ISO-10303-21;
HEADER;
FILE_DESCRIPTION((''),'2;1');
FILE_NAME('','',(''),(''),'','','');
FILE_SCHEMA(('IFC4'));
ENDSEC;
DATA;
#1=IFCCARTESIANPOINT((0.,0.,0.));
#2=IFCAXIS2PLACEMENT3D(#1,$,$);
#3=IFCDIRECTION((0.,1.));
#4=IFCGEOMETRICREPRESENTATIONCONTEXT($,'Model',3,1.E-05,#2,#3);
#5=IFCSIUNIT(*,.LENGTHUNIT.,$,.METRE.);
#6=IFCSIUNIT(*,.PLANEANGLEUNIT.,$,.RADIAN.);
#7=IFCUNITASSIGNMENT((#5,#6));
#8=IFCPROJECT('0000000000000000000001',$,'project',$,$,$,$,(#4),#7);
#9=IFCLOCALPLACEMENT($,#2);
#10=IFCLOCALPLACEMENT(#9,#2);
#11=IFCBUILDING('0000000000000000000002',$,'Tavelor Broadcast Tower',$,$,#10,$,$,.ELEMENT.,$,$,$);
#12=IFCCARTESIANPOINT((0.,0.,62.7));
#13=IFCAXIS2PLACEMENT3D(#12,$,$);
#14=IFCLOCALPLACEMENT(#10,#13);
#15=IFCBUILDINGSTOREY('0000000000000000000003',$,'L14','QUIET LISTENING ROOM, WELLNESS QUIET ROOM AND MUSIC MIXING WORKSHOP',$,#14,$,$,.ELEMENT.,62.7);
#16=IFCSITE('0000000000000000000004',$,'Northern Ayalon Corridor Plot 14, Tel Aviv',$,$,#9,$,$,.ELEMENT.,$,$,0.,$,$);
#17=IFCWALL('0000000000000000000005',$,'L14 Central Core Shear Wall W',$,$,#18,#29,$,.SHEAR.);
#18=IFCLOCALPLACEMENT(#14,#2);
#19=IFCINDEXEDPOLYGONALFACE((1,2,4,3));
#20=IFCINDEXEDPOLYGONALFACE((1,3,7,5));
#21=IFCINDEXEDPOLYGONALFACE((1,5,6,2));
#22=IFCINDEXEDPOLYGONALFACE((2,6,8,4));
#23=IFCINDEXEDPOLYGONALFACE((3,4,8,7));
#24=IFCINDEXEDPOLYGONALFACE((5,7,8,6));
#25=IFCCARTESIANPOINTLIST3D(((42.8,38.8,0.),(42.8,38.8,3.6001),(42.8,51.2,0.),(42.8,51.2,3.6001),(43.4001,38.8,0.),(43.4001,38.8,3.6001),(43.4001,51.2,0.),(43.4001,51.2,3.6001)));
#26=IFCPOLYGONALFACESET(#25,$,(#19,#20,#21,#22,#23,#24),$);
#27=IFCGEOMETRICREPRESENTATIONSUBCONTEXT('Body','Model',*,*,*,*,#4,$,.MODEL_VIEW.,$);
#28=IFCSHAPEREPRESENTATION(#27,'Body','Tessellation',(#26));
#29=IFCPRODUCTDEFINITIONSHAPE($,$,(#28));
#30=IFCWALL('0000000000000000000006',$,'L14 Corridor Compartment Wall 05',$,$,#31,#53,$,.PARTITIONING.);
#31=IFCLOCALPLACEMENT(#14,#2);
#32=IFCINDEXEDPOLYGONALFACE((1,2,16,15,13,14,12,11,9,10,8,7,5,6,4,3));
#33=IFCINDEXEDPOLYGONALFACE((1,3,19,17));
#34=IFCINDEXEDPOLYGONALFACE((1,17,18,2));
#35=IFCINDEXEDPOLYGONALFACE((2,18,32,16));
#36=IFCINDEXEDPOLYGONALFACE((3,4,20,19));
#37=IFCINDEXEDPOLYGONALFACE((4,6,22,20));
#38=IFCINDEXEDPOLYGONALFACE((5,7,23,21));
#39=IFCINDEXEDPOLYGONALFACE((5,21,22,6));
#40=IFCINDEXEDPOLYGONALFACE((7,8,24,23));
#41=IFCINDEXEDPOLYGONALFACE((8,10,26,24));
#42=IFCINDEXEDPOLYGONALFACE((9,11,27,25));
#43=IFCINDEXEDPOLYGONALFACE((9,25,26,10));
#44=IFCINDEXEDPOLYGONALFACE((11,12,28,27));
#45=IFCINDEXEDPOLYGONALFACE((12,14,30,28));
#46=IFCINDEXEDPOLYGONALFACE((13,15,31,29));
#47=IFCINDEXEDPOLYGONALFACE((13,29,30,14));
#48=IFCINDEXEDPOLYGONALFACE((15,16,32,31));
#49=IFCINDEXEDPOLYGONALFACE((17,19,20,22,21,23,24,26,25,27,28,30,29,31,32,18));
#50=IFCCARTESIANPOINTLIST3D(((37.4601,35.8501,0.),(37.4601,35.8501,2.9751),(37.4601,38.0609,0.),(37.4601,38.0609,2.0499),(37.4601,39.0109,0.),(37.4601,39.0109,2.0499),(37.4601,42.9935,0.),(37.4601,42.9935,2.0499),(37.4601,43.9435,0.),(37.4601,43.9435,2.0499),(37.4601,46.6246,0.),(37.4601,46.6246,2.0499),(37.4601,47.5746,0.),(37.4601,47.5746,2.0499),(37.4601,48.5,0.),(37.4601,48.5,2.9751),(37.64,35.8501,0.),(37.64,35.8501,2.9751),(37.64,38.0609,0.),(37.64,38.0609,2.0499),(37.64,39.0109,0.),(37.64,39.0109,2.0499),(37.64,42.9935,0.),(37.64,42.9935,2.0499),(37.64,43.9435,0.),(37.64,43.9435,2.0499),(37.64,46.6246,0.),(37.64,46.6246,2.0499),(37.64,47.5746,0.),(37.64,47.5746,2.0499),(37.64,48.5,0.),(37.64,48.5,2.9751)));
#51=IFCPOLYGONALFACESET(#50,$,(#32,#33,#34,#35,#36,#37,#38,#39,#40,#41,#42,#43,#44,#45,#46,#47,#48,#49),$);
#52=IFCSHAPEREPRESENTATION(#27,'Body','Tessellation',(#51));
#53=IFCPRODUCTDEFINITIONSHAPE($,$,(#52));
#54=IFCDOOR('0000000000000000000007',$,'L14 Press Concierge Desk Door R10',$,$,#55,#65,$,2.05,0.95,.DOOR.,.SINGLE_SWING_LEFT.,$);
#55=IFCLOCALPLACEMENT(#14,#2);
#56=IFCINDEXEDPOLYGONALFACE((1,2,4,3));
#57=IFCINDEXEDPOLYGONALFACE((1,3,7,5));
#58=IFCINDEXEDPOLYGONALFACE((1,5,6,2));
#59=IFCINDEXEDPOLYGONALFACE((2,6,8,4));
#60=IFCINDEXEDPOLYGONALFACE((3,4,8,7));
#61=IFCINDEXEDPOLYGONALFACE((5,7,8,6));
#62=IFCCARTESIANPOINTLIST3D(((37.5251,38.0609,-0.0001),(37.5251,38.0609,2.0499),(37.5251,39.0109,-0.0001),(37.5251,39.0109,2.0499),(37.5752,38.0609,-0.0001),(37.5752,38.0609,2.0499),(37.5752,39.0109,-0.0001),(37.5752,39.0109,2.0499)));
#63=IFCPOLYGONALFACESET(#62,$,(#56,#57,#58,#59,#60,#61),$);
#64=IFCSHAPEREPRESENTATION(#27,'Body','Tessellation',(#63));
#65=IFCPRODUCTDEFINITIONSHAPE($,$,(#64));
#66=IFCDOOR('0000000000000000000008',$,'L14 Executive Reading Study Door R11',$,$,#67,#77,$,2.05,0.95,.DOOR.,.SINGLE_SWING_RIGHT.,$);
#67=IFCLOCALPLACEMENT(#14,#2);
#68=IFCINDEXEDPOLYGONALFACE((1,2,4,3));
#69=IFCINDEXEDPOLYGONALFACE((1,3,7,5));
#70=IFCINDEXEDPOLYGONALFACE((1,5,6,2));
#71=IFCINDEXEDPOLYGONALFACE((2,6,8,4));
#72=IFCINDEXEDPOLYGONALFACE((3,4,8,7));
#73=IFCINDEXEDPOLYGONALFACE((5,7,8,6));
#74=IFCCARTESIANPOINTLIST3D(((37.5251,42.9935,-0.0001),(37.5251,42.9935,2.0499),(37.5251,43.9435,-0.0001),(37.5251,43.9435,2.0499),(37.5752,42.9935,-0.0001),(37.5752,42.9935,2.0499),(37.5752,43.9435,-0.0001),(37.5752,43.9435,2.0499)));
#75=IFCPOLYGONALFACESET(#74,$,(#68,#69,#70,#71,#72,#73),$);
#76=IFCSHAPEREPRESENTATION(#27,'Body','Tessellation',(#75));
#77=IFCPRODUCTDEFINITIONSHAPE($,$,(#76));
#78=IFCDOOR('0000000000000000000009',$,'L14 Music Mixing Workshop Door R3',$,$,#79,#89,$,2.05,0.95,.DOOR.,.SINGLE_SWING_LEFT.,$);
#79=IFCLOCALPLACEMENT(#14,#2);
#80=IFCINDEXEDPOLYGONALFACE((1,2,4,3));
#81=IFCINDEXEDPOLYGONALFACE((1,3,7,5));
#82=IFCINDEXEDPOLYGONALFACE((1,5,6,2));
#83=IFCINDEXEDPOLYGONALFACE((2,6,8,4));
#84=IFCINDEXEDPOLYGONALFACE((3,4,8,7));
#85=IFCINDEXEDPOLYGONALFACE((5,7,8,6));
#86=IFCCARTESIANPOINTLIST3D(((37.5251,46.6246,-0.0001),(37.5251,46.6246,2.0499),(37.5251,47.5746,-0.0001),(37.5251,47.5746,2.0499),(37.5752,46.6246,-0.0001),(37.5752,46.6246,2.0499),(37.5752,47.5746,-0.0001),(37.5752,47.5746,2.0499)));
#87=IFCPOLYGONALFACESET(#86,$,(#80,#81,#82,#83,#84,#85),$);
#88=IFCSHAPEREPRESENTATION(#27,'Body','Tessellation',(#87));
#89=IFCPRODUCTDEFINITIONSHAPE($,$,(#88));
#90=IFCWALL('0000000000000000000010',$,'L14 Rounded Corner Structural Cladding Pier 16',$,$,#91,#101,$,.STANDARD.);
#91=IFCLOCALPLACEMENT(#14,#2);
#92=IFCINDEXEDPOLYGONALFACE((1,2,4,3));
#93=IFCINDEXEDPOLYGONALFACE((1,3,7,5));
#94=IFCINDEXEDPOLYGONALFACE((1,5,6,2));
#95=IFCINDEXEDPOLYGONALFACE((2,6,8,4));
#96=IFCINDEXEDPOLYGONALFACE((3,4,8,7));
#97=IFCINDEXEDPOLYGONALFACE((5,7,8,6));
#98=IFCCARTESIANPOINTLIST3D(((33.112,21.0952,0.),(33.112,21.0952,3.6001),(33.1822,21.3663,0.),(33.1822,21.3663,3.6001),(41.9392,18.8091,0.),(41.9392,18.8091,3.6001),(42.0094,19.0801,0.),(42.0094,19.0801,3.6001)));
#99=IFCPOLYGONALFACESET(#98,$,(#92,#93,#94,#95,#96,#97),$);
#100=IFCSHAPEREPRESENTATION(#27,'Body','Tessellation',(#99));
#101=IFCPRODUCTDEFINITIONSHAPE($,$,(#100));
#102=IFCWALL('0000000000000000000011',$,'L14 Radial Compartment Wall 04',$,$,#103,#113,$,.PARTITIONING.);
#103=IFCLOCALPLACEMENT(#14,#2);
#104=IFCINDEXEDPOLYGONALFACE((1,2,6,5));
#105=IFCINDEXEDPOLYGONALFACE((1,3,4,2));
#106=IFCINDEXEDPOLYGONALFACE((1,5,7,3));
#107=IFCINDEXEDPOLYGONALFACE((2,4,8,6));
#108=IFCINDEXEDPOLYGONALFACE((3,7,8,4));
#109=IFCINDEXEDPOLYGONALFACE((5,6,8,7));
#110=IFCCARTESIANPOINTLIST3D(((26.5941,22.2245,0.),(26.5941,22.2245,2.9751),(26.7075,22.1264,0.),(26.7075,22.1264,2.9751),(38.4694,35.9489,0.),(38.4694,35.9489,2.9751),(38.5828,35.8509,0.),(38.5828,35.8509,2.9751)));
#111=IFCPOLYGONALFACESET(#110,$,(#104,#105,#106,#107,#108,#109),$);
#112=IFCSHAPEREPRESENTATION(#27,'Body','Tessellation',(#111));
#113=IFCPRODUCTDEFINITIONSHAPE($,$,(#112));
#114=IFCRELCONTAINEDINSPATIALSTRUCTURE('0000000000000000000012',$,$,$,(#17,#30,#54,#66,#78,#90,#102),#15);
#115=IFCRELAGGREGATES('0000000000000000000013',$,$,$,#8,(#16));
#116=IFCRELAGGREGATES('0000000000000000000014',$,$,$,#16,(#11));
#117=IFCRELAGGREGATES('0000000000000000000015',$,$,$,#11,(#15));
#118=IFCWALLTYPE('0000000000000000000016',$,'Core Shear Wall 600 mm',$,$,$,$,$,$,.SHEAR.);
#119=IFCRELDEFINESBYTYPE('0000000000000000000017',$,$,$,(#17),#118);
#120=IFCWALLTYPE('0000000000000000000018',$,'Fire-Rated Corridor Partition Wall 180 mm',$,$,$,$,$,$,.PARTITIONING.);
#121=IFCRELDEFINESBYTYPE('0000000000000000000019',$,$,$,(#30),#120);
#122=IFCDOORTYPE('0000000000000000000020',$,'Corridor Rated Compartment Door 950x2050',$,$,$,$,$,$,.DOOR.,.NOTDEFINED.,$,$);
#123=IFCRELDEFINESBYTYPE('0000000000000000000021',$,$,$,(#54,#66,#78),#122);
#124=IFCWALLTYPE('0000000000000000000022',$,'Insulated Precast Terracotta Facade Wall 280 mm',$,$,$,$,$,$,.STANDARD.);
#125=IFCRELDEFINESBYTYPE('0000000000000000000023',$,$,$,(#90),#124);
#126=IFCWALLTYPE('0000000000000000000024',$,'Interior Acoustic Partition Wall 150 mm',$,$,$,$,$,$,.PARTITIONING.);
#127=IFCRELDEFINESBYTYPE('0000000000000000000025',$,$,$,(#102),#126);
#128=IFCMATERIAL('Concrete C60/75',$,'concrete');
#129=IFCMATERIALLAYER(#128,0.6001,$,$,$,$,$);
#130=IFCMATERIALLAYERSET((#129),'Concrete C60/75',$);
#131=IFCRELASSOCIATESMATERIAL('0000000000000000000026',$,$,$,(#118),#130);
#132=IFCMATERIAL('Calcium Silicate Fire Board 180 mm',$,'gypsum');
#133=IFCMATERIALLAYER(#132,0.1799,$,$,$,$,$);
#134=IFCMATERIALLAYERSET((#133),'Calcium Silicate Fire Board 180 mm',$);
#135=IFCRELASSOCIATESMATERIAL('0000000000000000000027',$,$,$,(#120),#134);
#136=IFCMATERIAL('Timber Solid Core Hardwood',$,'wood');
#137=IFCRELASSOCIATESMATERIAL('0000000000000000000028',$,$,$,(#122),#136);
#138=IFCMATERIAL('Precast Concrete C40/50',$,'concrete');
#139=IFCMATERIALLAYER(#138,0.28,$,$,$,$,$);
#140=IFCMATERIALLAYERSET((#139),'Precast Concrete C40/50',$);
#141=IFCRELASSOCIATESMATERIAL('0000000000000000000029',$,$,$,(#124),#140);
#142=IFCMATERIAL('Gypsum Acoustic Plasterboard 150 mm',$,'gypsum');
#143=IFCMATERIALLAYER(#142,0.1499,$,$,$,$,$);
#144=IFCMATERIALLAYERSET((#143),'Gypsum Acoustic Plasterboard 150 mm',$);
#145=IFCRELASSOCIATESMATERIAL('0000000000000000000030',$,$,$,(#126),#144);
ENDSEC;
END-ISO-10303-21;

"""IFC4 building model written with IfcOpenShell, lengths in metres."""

from ifc_helpers import new_model, si_unit, direction, frame, frame_2d, origin, place, context, subcontext, project, spatial, rectangle, extrude, material, layer, layer_set, type_object, element, fill, save


model = new_model("IFC4")

# Units and contexts
model_context = context("Model", 3, precision=1e-05, world=origin(), true_north=direction((0.0, 1.0)))
body_context = subcontext(model_context, "Body", "Model", "MODEL_VIEW")
ifc_project = project(units=[si_unit("LENGTHUNIT", "METRE"), si_unit("PLANEANGLEUNIT", "RADIAN")], contexts=[model_context])

# Site, building, storey
site_placement = place(None, origin())
site = spatial("IfcSite", under=ifc_project, at=site_placement, Name="Northern Ayalon Corridor Plot 14, Tel Aviv", CompositionType="ELEMENT", RefElevation=0.0)
building_placement = place(site_placement, origin())
building = spatial("IfcBuilding", under=site, at=building_placement, Name="Tavelor Broadcast Tower", CompositionType="ELEMENT")
storey_placement = place(building_placement, frame((0.0, 0.0, 62.7)))
storey = spatial("IfcBuildingStorey", under=building, at=storey_placement, Name="L14", Description="QUIET LISTENING ROOM, WELLNESS QUIET ROOM AND MUSIC MIXING WORKSHOP", CompositionType="ELEMENT", Elevation=62.7)

# Shared definitions
ifc_material_1 = material(Name="Concrete C60/75", Category="concrete")
ifc_layer_1 = layer(ifc_material_1, 0.6001)
ifc_layer_set_1 = layer_set([ifc_layer_1], Name="Concrete C60/75")
wall_type_1 = type_object("IfcWallType", Name="Core Shear Wall 600 mm", PredefinedType="SHEAR", material=ifc_layer_set_1)

# Wall
wall_1_placement = place(storey_placement, frame((43.1001, 38.8, 0.0), z_axis=(0.0, 0.0, 1.0), x_axis=(0.0, 1.0, 0.0)))
element("IfcWall", 1, at=wall_1_placement, inside=storey, type_object=wall_type_1, Name="L14 Central Core Shear Wall W", PredefinedType="SHEAR", context=body_context, shape_type="SweptSolid", body=[
    extrude(rectangle(XDim=12.3999, YDim=0.6001, at=frame_2d((6.2, 0.0))), origin(), (0.0, 0.0, 1.0), 3.6001),
])

# Wall, openings, doors
ifc_material_2 = material(Name="Calcium Silicate Fire Board 180 mm", Category="gypsum")
ifc_layer_2 = layer(ifc_material_2, 0.1799)
ifc_layer_set_2 = layer_set([ifc_layer_2], Name="Calcium Silicate Fire Board 180 mm")
wall_type_2 = type_object("IfcWallType", Name="Fire-Rated Corridor Partition Wall 180 mm", PredefinedType="PARTITIONING", material=ifc_layer_set_2)
wall_2_placement = place(storey_placement, frame((37.55, 35.8501, 0.0), z_axis=(0.0, 0.0, 1.0), x_axis=(0.0, 1.0, 0.0)))
wall_2 = element("IfcWall", 2, at=wall_2_placement, inside=storey, type_object=wall_type_2, Name="L14 Corridor Compartment Wall 05", PredefinedType="PARTITIONING", context=body_context, shape_type="SweptSolid", body=[
    extrude(rectangle(XDim=12.6499, YDim=0.1799, at=frame_2d((6.325, 0.0))), origin(), (0.0, 0.0, 1.0), 2.9751),
])
opening_1_placement = place(wall_2_placement, frame((2.2107, 0.0, 0.0)))
opening_1 = element("IfcOpeningElement", 3, at=opening_1_placement, cuts=wall_2, PredefinedType="OPENING", context=body_context, shape_type="SweptSolid", body=[
    extrude(rectangle(XDim=0.95, YDim=2.05, at=frame_2d((0.4751, 1.0249))), frame((0.0, 0.1001, 0.0), z_axis=(0.0, -1.0, 0.0), x_axis=(1.0, 0.0, 0.0)), (0.0, 0.0, 1.0), 0.2),
])
opening_2_placement = place(wall_2_placement, frame((7.1433, 0.0, 0.0)))
opening_2 = element("IfcOpeningElement", 4, at=opening_2_placement, cuts=wall_2, PredefinedType="OPENING", context=body_context, shape_type="SweptSolid", body=[
    extrude(rectangle(XDim=0.95, YDim=2.05, at=frame_2d((0.4751, 1.0249))), frame((0.0, 0.1001, 0.0), z_axis=(0.0, -1.0, 0.0), x_axis=(1.0, 0.0, 0.0)), (0.0, 0.0, 1.0), 0.2),
])
opening_3_placement = place(wall_2_placement, frame((10.7744, 0.0, 0.0)))
opening_3 = element("IfcOpeningElement", 5, at=opening_3_placement, cuts=wall_2, PredefinedType="OPENING", context=body_context, shape_type="SweptSolid", body=[
    extrude(rectangle(XDim=0.95, YDim=2.05, at=frame_2d((0.4751, 1.0249))), frame((0.0, 0.1001, 0.0), z_axis=(0.0, -1.0, 0.0), x_axis=(1.0, 0.0, 0.0)), (0.0, 0.0, 1.0), 0.2),
])
ifc_material_3 = material(Name="Timber Solid Core Hardwood", Category="wood")
door_type_1 = type_object("IfcDoorType", Name="Corridor Rated Compartment Door 950x2050", OperationType="NOTDEFINED", PredefinedType="DOOR", material=ifc_material_3)
door_1_placement = place(opening_1_placement, origin())
door_1 = element("IfcDoor", 6, at=door_1_placement, inside=storey, type_object=door_type_1, Name="L14 Press Concierge Desk Door R10", OperationType="SINGLE_SWING_LEFT", OverallHeight=2.05, OverallWidth=0.95, PredefinedType="DOOR", context=body_context, shape_type="SweptSolid", body=[
    extrude(rectangle(XDim=0.95, YDim=2.05, at=frame_2d((0.4751, 1.0249))), frame((0.0, 0.0249, 0.0), z_axis=(0.0, -1.0, 0.0), x_axis=(1.0, 0.0, 0.0)), (0.0, 0.0, 1.0), 0.05),
])
fill(opening_1, door_1)
door_2_placement = place(opening_2_placement, origin())
door_2 = element("IfcDoor", 7, at=door_2_placement, inside=storey, type_object=door_type_1, Name="L14 Executive Reading Study Door R11", OperationType="SINGLE_SWING_RIGHT", OverallHeight=2.05, OverallWidth=0.95, PredefinedType="DOOR", context=body_context, shape_type="SweptSolid", body=[
    extrude(rectangle(XDim=0.95, YDim=2.05, at=frame_2d((0.4751, 1.0249))), frame((0.0, 0.0249, 0.0), z_axis=(0.0, -1.0, 0.0), x_axis=(1.0, 0.0, 0.0)), (0.0, 0.0, 1.0), 0.05),
])
fill(opening_2, door_2)
door_3_placement = place(opening_3_placement, origin())
door_3 = element("IfcDoor", 8, at=door_3_placement, inside=storey, type_object=door_type_1, Name="L14 Music Mixing Workshop Door R3", OperationType="SINGLE_SWING_LEFT", OverallHeight=2.05, OverallWidth=0.95, PredefinedType="DOOR", context=body_context, shape_type="SweptSolid", body=[
    extrude(rectangle(XDim=0.95, YDim=2.05, at=frame_2d((0.4751, 1.0249))), frame((0.0, 0.0249, 0.0), z_axis=(0.0, -1.0, 0.0), x_axis=(1.0, 0.0, 0.0)), (0.0, 0.0, 1.0), 0.05),
])
fill(opening_3, door_3)

# Walls
ifc_material_4 = material(Name="Precast Concrete C40/50", Category="concrete")
ifc_layer_3 = layer(ifc_material_4, 0.28)
ifc_layer_set_3 = layer_set([ifc_layer_3], Name="Precast Concrete C40/50")
wall_type_3 = type_object("IfcWallType", Name="Insulated Precast Terracotta Facade Wall 280 mm", PredefinedType="STANDARD", material=ifc_layer_set_3)
wall_3_placement = place(storey_placement, frame((33.1472, 21.2307, 0.0), z_axis=(0.0, 0.0, 1.0), x_axis=(0.96806, -0.250717, 0.0)))
element("IfcWall", 9, at=wall_3_placement, inside=storey, type_object=wall_type_3, Name="L14 Rounded Corner Structural Cladding Pier 16", PredefinedType="STANDARD", context=body_context, shape_type="SweptSolid", body=[
    extrude(rectangle(XDim=9.1184, YDim=0.28, at=frame_2d((4.5591, 0.0))), origin(), (0.0, 0.0, 1.0), 3.6001),
])
ifc_material_5 = material(Name="Gypsum Acoustic Plasterboard 150 mm", Category="gypsum")
ifc_layer_4 = layer(ifc_material_5, 0.1499)
ifc_layer_set_4 = layer_set([ifc_layer_4], Name="Gypsum Acoustic Plasterboard 150 mm")
wall_type_4 = type_object("IfcWallType", Name="Interior Acoustic Partition Wall 150 mm", PredefinedType="PARTITIONING", material=ifc_layer_set_4)
wall_4_placement = place(storey_placement, frame((38.5261, 35.8999, 0.0), z_axis=(0.0, 0.0, 1.0), x_axis=(-0.654326, -0.756213, 0.0)))
element("IfcWall", 10, at=wall_4_placement, inside=storey, type_object=wall_type_4, Name="L14 Radial Compartment Wall 04", PredefinedType="PARTITIONING", context=body_context, shape_type="SweptSolid", body=[
    extrude(rectangle(XDim=18.1489, YDim=0.1499, at=frame_2d((9.0745, 0.0))), origin(), (0.0, 0.0, 1.0), 2.9751),
])

save(model, "model.ifc")
